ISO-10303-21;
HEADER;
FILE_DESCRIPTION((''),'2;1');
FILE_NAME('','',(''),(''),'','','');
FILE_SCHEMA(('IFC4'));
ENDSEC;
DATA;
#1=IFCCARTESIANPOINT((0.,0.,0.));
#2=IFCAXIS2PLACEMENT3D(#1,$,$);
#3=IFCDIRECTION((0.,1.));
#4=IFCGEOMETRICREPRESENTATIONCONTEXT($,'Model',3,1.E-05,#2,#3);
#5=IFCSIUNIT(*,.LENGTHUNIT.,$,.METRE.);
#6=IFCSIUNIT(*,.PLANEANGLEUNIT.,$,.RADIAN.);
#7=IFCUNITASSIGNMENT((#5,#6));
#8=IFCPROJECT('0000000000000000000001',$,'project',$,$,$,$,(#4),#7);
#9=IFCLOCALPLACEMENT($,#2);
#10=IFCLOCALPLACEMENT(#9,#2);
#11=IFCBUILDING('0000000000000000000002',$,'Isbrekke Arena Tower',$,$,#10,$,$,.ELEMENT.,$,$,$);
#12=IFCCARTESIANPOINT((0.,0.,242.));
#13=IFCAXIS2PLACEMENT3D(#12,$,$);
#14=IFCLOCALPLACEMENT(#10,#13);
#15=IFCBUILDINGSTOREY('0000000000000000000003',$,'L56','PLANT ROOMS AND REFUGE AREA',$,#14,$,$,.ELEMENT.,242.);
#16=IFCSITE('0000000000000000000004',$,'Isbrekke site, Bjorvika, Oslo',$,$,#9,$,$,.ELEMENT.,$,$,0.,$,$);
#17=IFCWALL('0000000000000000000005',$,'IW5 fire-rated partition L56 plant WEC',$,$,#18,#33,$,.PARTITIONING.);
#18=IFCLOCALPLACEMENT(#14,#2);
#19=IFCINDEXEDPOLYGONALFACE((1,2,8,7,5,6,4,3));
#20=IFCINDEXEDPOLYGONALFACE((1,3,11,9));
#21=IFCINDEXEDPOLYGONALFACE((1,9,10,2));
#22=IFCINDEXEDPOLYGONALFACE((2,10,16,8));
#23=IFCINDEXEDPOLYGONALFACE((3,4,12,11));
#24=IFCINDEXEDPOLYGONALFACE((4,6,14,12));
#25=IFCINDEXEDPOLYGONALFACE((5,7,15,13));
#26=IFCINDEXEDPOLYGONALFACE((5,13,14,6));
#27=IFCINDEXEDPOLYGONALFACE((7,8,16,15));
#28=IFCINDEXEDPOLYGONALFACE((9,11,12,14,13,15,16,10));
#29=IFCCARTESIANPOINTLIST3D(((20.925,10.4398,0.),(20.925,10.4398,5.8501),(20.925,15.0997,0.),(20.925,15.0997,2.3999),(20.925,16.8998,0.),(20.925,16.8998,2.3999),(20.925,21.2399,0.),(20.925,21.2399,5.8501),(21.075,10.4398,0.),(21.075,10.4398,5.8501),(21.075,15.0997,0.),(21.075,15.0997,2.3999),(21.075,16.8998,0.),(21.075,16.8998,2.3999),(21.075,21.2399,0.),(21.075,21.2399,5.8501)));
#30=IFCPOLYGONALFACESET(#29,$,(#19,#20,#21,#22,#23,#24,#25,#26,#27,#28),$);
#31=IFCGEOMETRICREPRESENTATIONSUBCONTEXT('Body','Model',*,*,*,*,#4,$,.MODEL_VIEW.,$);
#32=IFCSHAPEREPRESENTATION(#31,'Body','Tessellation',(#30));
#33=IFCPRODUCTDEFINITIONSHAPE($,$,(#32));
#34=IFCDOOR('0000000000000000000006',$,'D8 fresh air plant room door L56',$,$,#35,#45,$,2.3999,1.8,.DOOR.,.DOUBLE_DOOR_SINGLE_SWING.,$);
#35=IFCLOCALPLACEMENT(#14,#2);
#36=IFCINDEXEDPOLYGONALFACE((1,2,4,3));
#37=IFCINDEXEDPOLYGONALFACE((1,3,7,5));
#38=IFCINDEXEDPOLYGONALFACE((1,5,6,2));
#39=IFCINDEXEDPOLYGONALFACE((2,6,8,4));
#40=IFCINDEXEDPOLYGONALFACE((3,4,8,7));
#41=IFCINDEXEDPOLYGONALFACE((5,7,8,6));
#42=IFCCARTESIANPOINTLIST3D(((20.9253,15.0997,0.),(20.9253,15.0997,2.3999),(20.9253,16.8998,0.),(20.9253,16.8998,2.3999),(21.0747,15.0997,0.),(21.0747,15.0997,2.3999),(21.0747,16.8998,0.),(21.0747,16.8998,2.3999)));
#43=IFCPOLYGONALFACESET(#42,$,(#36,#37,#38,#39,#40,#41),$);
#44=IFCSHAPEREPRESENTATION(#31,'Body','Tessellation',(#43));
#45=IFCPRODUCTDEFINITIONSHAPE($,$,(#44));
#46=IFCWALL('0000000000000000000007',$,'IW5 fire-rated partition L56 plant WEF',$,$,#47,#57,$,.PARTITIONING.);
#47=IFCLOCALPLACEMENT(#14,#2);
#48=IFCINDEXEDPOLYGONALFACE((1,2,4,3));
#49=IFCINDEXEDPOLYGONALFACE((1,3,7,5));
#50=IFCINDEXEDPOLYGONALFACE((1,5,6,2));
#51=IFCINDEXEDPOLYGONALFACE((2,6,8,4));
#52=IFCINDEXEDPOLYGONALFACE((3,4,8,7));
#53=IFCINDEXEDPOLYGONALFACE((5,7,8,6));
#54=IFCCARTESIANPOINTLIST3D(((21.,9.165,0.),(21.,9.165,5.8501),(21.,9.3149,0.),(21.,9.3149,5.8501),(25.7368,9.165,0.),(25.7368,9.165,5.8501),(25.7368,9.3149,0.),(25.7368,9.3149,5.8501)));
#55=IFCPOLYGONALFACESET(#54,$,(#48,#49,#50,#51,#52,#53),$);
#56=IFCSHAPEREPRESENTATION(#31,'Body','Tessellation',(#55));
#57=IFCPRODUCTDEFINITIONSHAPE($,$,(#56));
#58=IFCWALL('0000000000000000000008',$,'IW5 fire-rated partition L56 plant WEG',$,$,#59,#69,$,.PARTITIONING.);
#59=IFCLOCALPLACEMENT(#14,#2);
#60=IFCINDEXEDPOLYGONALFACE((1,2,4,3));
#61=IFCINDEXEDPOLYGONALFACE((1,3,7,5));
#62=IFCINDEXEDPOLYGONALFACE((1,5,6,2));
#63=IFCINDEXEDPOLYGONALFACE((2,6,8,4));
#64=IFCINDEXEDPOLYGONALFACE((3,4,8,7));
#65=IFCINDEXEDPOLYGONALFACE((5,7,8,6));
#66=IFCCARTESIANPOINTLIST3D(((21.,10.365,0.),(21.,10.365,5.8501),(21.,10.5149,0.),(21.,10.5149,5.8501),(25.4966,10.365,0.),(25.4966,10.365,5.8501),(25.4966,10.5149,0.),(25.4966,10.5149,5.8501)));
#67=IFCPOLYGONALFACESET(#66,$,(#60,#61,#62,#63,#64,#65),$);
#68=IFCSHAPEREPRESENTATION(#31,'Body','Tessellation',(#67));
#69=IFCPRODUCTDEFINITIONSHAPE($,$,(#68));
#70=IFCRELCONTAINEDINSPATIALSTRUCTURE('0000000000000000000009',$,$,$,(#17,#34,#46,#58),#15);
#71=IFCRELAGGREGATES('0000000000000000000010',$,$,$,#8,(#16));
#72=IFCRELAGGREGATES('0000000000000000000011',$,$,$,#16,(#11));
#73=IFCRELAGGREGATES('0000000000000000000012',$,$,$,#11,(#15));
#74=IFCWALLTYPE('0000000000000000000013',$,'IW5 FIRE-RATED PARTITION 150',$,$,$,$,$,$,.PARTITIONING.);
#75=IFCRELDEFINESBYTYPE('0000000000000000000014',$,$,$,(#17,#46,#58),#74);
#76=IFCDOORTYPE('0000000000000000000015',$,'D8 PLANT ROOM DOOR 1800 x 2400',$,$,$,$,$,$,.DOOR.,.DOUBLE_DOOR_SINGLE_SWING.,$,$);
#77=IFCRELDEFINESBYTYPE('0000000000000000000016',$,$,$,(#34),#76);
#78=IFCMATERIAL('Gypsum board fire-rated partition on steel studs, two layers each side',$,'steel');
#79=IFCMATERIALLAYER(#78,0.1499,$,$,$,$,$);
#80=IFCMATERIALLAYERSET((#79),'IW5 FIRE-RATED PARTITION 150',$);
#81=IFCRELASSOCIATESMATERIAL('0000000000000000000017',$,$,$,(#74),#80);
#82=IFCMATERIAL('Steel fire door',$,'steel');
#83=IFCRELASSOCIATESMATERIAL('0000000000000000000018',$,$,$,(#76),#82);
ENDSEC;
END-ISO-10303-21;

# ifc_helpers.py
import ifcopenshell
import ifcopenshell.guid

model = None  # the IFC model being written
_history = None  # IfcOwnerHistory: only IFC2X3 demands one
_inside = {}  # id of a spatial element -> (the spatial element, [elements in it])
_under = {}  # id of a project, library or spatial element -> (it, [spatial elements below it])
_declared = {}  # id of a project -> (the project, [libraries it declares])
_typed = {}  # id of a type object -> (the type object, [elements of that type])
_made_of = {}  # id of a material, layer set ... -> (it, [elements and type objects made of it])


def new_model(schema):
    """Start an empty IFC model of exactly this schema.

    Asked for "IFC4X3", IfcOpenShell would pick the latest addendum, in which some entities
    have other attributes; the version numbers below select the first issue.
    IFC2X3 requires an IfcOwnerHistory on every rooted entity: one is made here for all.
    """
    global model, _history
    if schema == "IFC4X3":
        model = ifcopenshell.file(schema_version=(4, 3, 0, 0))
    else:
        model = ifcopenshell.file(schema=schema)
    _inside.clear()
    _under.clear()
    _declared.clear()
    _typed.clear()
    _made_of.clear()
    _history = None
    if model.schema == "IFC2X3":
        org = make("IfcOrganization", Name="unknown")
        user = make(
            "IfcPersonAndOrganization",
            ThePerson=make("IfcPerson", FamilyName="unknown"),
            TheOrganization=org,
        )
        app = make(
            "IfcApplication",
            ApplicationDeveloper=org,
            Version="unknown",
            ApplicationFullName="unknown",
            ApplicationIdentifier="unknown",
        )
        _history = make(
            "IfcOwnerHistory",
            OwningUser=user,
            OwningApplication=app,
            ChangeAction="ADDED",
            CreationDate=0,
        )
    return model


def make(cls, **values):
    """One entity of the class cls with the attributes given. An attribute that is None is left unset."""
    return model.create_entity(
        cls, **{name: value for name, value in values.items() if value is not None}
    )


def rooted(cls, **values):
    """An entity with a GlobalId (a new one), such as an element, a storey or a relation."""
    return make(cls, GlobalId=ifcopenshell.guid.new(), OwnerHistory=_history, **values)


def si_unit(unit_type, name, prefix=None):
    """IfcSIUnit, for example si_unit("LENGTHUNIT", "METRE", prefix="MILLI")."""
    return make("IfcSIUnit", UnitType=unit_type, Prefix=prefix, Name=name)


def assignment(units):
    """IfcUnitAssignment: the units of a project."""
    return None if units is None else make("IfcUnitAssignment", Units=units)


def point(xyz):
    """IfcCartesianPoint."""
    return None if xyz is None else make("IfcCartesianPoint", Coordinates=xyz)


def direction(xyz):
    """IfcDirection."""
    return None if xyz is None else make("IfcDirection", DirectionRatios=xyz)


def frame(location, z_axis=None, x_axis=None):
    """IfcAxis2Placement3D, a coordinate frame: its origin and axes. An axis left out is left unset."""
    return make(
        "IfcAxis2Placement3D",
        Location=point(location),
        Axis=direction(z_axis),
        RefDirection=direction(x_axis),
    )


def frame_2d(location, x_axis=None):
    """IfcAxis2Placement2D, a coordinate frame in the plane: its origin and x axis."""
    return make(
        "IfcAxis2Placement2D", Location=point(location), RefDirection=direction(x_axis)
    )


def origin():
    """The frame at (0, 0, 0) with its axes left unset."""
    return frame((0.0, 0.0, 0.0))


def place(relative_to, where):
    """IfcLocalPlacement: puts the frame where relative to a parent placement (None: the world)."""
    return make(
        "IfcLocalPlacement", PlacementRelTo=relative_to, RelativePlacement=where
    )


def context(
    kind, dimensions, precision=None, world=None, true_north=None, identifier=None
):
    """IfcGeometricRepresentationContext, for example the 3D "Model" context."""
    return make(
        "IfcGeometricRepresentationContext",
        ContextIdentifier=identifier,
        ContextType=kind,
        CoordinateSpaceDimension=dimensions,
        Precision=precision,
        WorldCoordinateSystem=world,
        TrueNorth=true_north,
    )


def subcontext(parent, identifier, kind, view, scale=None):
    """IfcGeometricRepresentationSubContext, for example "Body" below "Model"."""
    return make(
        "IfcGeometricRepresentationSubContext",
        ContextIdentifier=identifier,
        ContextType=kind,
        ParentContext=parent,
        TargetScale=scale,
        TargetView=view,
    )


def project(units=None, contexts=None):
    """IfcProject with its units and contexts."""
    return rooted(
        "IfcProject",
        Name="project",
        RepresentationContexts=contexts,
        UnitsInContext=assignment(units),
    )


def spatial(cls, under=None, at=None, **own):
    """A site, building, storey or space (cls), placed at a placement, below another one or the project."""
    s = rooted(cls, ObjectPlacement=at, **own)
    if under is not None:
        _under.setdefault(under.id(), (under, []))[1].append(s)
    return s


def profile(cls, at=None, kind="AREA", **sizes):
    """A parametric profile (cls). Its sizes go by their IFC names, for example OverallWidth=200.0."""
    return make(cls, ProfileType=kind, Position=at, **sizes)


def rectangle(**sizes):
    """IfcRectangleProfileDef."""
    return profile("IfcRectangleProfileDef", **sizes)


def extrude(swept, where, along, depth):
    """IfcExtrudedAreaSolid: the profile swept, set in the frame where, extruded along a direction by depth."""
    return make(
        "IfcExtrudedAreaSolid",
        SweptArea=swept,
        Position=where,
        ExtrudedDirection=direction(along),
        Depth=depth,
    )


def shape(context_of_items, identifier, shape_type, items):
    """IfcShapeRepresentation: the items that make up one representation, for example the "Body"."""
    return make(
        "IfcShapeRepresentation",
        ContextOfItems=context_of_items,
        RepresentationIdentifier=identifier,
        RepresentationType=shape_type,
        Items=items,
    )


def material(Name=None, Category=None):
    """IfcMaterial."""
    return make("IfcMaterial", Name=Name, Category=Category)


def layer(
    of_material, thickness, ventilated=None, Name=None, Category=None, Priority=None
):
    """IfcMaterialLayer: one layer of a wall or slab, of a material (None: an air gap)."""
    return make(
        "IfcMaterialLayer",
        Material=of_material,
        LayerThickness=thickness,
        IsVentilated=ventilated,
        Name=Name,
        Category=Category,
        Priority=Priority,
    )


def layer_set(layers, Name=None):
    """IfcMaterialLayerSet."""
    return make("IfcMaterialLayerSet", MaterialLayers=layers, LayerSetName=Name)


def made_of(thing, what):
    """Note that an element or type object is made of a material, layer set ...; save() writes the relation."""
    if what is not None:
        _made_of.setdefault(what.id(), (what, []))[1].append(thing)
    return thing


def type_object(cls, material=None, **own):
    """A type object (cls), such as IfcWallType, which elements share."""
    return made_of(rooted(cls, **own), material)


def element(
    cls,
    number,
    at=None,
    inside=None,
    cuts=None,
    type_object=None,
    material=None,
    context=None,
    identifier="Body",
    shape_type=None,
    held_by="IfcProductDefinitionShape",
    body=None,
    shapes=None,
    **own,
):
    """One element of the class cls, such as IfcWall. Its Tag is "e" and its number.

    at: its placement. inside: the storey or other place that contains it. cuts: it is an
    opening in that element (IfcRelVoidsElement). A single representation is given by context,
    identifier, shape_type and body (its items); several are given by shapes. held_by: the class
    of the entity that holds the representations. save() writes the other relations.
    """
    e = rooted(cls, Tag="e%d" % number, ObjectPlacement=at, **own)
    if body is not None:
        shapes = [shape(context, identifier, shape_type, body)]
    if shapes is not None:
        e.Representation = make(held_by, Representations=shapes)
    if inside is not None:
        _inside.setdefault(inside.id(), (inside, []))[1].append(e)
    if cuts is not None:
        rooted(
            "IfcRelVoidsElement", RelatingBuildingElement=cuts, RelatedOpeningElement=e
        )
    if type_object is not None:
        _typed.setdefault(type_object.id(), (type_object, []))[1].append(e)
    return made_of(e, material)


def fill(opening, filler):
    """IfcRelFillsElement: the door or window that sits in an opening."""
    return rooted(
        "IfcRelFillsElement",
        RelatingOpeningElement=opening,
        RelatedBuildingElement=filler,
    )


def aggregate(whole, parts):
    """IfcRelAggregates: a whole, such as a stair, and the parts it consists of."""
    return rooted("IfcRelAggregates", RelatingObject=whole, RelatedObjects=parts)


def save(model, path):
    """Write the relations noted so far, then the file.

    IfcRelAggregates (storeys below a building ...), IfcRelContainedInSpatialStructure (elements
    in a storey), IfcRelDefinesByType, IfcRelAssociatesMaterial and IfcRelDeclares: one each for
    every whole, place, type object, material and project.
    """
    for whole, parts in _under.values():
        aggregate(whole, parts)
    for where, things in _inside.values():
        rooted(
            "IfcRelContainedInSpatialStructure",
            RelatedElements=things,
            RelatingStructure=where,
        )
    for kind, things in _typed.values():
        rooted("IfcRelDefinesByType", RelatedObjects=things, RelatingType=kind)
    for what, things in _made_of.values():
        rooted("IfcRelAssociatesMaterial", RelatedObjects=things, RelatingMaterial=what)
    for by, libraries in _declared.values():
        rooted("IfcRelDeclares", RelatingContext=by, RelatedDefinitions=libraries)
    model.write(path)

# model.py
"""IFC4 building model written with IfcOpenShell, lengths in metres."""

from ifc_helpers import new_model, si_unit, direction, frame, frame_2d, origin, place, context, subcontext, project, spatial, rectangle, extrude, material, layer, layer_set, type_object, element, fill, save


model = new_model("IFC4")

# Units and contexts
model_context = context("Model", 3, precision=1e-05, world=origin(), true_north=direction((0.0, 1.0)))
body_context = subcontext(model_context, "Body", "Model", "MODEL_VIEW")
ifc_project = project(units=[si_unit("LENGTHUNIT", "METRE"), si_unit("PLANEANGLEUNIT", "RADIAN")], contexts=[model_context])

# Site, building, storey
site_placement = place(None, origin())
site = spatial("IfcSite", under=ifc_project, at=site_placement, Name="Isbrekke site, Bjorvika, Oslo", CompositionType="ELEMENT", RefElevation=0.0)
building_placement = place(site_placement, origin())
building = spatial("IfcBuilding", under=site, at=building_placement, Name="Isbrekke Arena Tower", CompositionType="ELEMENT")
storey_placement = place(building_placement, frame((0.0, 0.0, 242.0)))
storey = spatial("IfcBuildingStorey", under=building, at=storey_placement, Name="L56", Description="PLANT ROOMS AND REFUGE AREA", CompositionType="ELEMENT", Elevation=242.0)

# Wall, opening, door
ifc_material_1 = material(Name="Gypsum board fire-rated partition on steel studs, two layers each side", Category="steel")
ifc_layer_1 = layer(ifc_material_1, 0.1499)
ifc_layer_set_1 = layer_set([ifc_layer_1], Name="IW5 FIRE-RATED PARTITION 150")
wall_type = type_object("IfcWallType", Name="IW5 FIRE-RATED PARTITION 150", PredefinedType="PARTITIONING", material=ifc_layer_set_1)
wall_1_placement = place(storey_placement, frame((21.0, 10.4399, 0.0), z_axis=(0.0, 0.0, 1.0), x_axis=(0.0, 1.0, 0.0)))
wall_1 = element("IfcWall", 1, at=wall_1_placement, inside=storey, type_object=wall_type, Name="IW5 fire-rated partition L56 plant WEC", PredefinedType="PARTITIONING", context=body_context, shape_type="SweptSolid", body=[
    extrude(rectangle(XDim=10.8, YDim=0.1499, at=frame_2d((5.3999, 0.0))), origin(), (0.0, 0.0, 1.0), 5.8501),
])
opening_placement = place(wall_1_placement, frame((4.6599, 0.0, 0.0)))
opening = element("IfcOpeningElement", 2, at=opening_placement, cuts=wall_1, PredefinedType="OPENING", context=body_context, shape_type="SweptSolid", body=[
    extrude(rectangle(XDim=1.8, YDim=2.3999, at=frame_2d((0.8999, 1.2))), frame((0.0, 0.0898, 0.0), z_axis=(0.0, -1.0, 0.0), x_axis=(1.0, 0.0, 0.0)), (0.0, 0.0, 1.0), 0.1797),
])
ifc_material_2 = material(Name="Steel fire door", Category="steel")
door_type = type_object("IfcDoorType", Name="D8 PLANT ROOM DOOR 1800 x 2400", OperationType="DOUBLE_DOOR_SINGLE_SWING", PredefinedType="DOOR", material=ifc_material_2)
door_placement = place(opening_placement, origin())
door = element("IfcDoor", 3, at=door_placement, inside=storey, type_object=door_type, Name="D8 fresh air plant room door L56", OperationType="DOUBLE_DOOR_SINGLE_SWING", OverallHeight=2.3999, OverallWidth=1.8, PredefinedType="DOOR", context=body_context, shape_type="SweptSolid", body=[
    extrude(rectangle(XDim=1.8, YDim=2.3999, at=frame_2d((0.8999, 1.2))), frame((0.0, 0.0747, 0.0), z_axis=(0.0, -1.0, 0.0), x_axis=(1.0, 0.0, 0.0)), (0.0, 0.0, 1.0), 0.1494),
])
fill(opening, door)

# Walls
wall_2_placement = place(storey_placement, frame((21.0, 9.24, 0.0), z_axis=(0.0, 0.0, 1.0), x_axis=(1.0, 0.0, 0.0)))
element("IfcWall", 4, at=wall_2_placement, inside=storey, type_object=wall_type, Name="IW5 fire-rated partition L56 plant WEF", PredefinedType="PARTITIONING", context=body_context, shape_type="SweptSolid", body=[
    extrude(rectangle(XDim=4.7368, YDim=0.1499, at=frame_2d((2.3684, 0.0))), origin(), (0.0, 0.0, 1.0), 5.8501),
])
wall_3_placement = place(storey_placement, frame((21.0, 10.4399, 0.0), z_axis=(0.0, 0.0, 1.0), x_axis=(1.0, 0.0, 0.0)))
element("IfcWall", 5, at=wall_3_placement, inside=storey, type_object=wall_type, Name="IW5 fire-rated partition L56 plant WEG", PredefinedType="PARTITIONING", context=body_context, shape_type="SweptSolid", body=[
    extrude(rectangle(XDim=4.4966, YDim=0.1499, at=frame_2d((2.2483, 0.0))), origin(), (0.0, 0.0, 1.0), 5.8501),
])

save(model, "model.ifc")
